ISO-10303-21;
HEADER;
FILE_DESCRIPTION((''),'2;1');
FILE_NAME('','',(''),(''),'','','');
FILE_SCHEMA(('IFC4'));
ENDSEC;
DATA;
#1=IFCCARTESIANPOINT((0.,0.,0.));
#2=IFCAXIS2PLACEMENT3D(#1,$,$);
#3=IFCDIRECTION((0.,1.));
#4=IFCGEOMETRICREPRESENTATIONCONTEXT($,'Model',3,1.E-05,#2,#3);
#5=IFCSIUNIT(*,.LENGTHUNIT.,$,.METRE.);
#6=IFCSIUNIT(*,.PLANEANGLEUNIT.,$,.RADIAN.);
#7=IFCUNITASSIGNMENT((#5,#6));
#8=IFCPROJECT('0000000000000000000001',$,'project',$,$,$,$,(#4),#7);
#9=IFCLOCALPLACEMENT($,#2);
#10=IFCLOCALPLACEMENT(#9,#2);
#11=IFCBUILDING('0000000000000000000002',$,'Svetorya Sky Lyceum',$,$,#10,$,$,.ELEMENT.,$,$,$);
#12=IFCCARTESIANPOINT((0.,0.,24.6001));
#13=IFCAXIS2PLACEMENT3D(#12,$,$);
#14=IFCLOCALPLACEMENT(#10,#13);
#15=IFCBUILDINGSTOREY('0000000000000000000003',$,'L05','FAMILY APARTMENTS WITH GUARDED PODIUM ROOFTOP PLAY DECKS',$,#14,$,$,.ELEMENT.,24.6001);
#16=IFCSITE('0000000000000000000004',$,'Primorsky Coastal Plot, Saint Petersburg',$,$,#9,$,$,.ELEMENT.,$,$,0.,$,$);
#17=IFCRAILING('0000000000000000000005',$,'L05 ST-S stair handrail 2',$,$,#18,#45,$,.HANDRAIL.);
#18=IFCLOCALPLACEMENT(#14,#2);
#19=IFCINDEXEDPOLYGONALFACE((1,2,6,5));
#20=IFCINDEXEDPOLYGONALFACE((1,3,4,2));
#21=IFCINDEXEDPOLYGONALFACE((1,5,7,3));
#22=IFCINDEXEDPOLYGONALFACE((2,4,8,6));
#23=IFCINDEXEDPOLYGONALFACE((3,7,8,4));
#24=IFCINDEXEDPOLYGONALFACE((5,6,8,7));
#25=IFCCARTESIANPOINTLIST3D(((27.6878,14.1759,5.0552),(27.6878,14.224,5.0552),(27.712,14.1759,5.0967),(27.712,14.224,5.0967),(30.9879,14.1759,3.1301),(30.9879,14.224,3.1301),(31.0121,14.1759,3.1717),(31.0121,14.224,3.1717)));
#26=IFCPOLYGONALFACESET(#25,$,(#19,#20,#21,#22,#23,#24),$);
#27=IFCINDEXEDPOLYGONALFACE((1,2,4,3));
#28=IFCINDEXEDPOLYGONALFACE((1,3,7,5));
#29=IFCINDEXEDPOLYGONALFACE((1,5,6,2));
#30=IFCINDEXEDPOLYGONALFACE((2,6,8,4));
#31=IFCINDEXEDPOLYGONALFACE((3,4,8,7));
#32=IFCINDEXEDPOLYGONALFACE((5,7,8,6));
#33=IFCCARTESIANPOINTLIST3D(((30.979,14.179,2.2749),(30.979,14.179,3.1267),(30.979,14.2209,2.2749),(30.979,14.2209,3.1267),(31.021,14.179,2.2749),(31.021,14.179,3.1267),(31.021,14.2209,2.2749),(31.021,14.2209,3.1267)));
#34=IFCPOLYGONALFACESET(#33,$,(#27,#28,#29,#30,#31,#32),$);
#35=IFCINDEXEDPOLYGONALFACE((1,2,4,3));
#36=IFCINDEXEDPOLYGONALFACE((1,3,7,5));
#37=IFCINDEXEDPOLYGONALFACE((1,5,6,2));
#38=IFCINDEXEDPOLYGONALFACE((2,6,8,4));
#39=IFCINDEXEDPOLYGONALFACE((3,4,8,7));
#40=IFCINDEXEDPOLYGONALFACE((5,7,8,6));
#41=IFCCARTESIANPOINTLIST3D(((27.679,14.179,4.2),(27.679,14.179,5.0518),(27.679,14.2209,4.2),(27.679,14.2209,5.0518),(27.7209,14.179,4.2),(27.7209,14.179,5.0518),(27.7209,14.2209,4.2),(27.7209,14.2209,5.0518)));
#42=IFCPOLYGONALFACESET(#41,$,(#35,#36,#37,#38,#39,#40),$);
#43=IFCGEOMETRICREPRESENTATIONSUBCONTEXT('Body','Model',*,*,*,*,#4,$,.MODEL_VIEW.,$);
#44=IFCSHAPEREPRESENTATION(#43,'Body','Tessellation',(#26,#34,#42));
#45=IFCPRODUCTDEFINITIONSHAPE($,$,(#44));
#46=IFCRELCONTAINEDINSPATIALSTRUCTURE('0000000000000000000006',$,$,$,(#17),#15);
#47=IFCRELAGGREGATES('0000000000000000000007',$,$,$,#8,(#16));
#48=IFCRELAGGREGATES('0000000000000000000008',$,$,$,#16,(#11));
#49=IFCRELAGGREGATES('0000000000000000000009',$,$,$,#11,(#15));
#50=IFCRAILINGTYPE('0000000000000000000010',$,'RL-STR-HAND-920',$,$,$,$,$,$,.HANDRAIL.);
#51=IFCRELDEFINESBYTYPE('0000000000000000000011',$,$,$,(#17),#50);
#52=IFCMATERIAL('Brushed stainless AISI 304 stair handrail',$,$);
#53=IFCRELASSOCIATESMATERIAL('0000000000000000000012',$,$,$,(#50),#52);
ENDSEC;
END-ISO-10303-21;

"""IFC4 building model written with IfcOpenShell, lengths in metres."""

from ifc_helpers import new_model, si_unit, direction, frame, origin, origin_2d, place, context, subcontext, project, spatial, rectangle, extrude, material, type_object, element, save


model = new_model("IFC4")

# Units and contexts
model_context = context("Model", 3, precision=1e-05, world=origin(), true_north=direction((0.0, 1.0)))
body_context = subcontext(model_context, "Body", "Model", "MODEL_VIEW")
ifc_project = project(units=[si_unit("LENGTHUNIT", "METRE"), si_unit("PLANEANGLEUNIT", "RADIAN")], contexts=[model_context])

# Site, building, storey
site_placement = place(None, origin())
site = spatial("IfcSite", under=ifc_project, at=site_placement, Name="Primorsky Coastal Plot, Saint Petersburg", CompositionType="ELEMENT", RefElevation=0.0)
building_placement = place(site_placement, origin())
building = spatial("IfcBuilding", under=site, at=building_placement, Name="Svetorya Sky Lyceum", CompositionType="ELEMENT")
storey_placement = place(building_placement, frame((0.0, 0.0, 24.6001)))
storey = spatial("IfcBuildingStorey", under=building, at=storey_placement, Name="L05", Description="FAMILY APARTMENTS WITH GUARDED PODIUM ROOFTOP PLAY DECKS", CompositionType="ELEMENT", Elevation=24.6001)

# Railing
ifc_material_1 = material(Name="Brushed stainless AISI 304 stair handrail")
railing_type_1 = type_object("IfcRailingType", Name="RL-STR-HAND-920", PredefinedType="HANDRAIL", material=ifc_material_1)
railing_1_placement = place(storey_placement, frame((31.0, 14.2, 2.2749)))
element("IfcRailing", 1, at=railing_1_placement, inside=storey, type_object=railing_type_1, Name="L05 ST-S stair handrail 2", PredefinedType="HANDRAIL", context=body_context, shape_type="SweptSolid", body=[
    extrude(rectangle(XDim=0.0481, YDim=0.0481, at=origin_2d()), frame((0.0, 0.0, 0.876), z_axis=(-0.863777, 0.0, 0.503875), x_axis=(0.0, -1.0, 0.0)), (0.0, 0.0, 1.0), 3.8206),
    extrude(rectangle(XDim=0.042, YDim=0.042, at=origin_2d()), origin(), (0.0, 0.0, 1.0), 0.8518),
    extrude(rectangle(XDim=0.042, YDim=0.042, at=origin_2d()), frame((-3.3, 0.0, 1.925)), (0.0, 0.0, 1.0), 0.8518),
])

save(model, "model.ifc")
